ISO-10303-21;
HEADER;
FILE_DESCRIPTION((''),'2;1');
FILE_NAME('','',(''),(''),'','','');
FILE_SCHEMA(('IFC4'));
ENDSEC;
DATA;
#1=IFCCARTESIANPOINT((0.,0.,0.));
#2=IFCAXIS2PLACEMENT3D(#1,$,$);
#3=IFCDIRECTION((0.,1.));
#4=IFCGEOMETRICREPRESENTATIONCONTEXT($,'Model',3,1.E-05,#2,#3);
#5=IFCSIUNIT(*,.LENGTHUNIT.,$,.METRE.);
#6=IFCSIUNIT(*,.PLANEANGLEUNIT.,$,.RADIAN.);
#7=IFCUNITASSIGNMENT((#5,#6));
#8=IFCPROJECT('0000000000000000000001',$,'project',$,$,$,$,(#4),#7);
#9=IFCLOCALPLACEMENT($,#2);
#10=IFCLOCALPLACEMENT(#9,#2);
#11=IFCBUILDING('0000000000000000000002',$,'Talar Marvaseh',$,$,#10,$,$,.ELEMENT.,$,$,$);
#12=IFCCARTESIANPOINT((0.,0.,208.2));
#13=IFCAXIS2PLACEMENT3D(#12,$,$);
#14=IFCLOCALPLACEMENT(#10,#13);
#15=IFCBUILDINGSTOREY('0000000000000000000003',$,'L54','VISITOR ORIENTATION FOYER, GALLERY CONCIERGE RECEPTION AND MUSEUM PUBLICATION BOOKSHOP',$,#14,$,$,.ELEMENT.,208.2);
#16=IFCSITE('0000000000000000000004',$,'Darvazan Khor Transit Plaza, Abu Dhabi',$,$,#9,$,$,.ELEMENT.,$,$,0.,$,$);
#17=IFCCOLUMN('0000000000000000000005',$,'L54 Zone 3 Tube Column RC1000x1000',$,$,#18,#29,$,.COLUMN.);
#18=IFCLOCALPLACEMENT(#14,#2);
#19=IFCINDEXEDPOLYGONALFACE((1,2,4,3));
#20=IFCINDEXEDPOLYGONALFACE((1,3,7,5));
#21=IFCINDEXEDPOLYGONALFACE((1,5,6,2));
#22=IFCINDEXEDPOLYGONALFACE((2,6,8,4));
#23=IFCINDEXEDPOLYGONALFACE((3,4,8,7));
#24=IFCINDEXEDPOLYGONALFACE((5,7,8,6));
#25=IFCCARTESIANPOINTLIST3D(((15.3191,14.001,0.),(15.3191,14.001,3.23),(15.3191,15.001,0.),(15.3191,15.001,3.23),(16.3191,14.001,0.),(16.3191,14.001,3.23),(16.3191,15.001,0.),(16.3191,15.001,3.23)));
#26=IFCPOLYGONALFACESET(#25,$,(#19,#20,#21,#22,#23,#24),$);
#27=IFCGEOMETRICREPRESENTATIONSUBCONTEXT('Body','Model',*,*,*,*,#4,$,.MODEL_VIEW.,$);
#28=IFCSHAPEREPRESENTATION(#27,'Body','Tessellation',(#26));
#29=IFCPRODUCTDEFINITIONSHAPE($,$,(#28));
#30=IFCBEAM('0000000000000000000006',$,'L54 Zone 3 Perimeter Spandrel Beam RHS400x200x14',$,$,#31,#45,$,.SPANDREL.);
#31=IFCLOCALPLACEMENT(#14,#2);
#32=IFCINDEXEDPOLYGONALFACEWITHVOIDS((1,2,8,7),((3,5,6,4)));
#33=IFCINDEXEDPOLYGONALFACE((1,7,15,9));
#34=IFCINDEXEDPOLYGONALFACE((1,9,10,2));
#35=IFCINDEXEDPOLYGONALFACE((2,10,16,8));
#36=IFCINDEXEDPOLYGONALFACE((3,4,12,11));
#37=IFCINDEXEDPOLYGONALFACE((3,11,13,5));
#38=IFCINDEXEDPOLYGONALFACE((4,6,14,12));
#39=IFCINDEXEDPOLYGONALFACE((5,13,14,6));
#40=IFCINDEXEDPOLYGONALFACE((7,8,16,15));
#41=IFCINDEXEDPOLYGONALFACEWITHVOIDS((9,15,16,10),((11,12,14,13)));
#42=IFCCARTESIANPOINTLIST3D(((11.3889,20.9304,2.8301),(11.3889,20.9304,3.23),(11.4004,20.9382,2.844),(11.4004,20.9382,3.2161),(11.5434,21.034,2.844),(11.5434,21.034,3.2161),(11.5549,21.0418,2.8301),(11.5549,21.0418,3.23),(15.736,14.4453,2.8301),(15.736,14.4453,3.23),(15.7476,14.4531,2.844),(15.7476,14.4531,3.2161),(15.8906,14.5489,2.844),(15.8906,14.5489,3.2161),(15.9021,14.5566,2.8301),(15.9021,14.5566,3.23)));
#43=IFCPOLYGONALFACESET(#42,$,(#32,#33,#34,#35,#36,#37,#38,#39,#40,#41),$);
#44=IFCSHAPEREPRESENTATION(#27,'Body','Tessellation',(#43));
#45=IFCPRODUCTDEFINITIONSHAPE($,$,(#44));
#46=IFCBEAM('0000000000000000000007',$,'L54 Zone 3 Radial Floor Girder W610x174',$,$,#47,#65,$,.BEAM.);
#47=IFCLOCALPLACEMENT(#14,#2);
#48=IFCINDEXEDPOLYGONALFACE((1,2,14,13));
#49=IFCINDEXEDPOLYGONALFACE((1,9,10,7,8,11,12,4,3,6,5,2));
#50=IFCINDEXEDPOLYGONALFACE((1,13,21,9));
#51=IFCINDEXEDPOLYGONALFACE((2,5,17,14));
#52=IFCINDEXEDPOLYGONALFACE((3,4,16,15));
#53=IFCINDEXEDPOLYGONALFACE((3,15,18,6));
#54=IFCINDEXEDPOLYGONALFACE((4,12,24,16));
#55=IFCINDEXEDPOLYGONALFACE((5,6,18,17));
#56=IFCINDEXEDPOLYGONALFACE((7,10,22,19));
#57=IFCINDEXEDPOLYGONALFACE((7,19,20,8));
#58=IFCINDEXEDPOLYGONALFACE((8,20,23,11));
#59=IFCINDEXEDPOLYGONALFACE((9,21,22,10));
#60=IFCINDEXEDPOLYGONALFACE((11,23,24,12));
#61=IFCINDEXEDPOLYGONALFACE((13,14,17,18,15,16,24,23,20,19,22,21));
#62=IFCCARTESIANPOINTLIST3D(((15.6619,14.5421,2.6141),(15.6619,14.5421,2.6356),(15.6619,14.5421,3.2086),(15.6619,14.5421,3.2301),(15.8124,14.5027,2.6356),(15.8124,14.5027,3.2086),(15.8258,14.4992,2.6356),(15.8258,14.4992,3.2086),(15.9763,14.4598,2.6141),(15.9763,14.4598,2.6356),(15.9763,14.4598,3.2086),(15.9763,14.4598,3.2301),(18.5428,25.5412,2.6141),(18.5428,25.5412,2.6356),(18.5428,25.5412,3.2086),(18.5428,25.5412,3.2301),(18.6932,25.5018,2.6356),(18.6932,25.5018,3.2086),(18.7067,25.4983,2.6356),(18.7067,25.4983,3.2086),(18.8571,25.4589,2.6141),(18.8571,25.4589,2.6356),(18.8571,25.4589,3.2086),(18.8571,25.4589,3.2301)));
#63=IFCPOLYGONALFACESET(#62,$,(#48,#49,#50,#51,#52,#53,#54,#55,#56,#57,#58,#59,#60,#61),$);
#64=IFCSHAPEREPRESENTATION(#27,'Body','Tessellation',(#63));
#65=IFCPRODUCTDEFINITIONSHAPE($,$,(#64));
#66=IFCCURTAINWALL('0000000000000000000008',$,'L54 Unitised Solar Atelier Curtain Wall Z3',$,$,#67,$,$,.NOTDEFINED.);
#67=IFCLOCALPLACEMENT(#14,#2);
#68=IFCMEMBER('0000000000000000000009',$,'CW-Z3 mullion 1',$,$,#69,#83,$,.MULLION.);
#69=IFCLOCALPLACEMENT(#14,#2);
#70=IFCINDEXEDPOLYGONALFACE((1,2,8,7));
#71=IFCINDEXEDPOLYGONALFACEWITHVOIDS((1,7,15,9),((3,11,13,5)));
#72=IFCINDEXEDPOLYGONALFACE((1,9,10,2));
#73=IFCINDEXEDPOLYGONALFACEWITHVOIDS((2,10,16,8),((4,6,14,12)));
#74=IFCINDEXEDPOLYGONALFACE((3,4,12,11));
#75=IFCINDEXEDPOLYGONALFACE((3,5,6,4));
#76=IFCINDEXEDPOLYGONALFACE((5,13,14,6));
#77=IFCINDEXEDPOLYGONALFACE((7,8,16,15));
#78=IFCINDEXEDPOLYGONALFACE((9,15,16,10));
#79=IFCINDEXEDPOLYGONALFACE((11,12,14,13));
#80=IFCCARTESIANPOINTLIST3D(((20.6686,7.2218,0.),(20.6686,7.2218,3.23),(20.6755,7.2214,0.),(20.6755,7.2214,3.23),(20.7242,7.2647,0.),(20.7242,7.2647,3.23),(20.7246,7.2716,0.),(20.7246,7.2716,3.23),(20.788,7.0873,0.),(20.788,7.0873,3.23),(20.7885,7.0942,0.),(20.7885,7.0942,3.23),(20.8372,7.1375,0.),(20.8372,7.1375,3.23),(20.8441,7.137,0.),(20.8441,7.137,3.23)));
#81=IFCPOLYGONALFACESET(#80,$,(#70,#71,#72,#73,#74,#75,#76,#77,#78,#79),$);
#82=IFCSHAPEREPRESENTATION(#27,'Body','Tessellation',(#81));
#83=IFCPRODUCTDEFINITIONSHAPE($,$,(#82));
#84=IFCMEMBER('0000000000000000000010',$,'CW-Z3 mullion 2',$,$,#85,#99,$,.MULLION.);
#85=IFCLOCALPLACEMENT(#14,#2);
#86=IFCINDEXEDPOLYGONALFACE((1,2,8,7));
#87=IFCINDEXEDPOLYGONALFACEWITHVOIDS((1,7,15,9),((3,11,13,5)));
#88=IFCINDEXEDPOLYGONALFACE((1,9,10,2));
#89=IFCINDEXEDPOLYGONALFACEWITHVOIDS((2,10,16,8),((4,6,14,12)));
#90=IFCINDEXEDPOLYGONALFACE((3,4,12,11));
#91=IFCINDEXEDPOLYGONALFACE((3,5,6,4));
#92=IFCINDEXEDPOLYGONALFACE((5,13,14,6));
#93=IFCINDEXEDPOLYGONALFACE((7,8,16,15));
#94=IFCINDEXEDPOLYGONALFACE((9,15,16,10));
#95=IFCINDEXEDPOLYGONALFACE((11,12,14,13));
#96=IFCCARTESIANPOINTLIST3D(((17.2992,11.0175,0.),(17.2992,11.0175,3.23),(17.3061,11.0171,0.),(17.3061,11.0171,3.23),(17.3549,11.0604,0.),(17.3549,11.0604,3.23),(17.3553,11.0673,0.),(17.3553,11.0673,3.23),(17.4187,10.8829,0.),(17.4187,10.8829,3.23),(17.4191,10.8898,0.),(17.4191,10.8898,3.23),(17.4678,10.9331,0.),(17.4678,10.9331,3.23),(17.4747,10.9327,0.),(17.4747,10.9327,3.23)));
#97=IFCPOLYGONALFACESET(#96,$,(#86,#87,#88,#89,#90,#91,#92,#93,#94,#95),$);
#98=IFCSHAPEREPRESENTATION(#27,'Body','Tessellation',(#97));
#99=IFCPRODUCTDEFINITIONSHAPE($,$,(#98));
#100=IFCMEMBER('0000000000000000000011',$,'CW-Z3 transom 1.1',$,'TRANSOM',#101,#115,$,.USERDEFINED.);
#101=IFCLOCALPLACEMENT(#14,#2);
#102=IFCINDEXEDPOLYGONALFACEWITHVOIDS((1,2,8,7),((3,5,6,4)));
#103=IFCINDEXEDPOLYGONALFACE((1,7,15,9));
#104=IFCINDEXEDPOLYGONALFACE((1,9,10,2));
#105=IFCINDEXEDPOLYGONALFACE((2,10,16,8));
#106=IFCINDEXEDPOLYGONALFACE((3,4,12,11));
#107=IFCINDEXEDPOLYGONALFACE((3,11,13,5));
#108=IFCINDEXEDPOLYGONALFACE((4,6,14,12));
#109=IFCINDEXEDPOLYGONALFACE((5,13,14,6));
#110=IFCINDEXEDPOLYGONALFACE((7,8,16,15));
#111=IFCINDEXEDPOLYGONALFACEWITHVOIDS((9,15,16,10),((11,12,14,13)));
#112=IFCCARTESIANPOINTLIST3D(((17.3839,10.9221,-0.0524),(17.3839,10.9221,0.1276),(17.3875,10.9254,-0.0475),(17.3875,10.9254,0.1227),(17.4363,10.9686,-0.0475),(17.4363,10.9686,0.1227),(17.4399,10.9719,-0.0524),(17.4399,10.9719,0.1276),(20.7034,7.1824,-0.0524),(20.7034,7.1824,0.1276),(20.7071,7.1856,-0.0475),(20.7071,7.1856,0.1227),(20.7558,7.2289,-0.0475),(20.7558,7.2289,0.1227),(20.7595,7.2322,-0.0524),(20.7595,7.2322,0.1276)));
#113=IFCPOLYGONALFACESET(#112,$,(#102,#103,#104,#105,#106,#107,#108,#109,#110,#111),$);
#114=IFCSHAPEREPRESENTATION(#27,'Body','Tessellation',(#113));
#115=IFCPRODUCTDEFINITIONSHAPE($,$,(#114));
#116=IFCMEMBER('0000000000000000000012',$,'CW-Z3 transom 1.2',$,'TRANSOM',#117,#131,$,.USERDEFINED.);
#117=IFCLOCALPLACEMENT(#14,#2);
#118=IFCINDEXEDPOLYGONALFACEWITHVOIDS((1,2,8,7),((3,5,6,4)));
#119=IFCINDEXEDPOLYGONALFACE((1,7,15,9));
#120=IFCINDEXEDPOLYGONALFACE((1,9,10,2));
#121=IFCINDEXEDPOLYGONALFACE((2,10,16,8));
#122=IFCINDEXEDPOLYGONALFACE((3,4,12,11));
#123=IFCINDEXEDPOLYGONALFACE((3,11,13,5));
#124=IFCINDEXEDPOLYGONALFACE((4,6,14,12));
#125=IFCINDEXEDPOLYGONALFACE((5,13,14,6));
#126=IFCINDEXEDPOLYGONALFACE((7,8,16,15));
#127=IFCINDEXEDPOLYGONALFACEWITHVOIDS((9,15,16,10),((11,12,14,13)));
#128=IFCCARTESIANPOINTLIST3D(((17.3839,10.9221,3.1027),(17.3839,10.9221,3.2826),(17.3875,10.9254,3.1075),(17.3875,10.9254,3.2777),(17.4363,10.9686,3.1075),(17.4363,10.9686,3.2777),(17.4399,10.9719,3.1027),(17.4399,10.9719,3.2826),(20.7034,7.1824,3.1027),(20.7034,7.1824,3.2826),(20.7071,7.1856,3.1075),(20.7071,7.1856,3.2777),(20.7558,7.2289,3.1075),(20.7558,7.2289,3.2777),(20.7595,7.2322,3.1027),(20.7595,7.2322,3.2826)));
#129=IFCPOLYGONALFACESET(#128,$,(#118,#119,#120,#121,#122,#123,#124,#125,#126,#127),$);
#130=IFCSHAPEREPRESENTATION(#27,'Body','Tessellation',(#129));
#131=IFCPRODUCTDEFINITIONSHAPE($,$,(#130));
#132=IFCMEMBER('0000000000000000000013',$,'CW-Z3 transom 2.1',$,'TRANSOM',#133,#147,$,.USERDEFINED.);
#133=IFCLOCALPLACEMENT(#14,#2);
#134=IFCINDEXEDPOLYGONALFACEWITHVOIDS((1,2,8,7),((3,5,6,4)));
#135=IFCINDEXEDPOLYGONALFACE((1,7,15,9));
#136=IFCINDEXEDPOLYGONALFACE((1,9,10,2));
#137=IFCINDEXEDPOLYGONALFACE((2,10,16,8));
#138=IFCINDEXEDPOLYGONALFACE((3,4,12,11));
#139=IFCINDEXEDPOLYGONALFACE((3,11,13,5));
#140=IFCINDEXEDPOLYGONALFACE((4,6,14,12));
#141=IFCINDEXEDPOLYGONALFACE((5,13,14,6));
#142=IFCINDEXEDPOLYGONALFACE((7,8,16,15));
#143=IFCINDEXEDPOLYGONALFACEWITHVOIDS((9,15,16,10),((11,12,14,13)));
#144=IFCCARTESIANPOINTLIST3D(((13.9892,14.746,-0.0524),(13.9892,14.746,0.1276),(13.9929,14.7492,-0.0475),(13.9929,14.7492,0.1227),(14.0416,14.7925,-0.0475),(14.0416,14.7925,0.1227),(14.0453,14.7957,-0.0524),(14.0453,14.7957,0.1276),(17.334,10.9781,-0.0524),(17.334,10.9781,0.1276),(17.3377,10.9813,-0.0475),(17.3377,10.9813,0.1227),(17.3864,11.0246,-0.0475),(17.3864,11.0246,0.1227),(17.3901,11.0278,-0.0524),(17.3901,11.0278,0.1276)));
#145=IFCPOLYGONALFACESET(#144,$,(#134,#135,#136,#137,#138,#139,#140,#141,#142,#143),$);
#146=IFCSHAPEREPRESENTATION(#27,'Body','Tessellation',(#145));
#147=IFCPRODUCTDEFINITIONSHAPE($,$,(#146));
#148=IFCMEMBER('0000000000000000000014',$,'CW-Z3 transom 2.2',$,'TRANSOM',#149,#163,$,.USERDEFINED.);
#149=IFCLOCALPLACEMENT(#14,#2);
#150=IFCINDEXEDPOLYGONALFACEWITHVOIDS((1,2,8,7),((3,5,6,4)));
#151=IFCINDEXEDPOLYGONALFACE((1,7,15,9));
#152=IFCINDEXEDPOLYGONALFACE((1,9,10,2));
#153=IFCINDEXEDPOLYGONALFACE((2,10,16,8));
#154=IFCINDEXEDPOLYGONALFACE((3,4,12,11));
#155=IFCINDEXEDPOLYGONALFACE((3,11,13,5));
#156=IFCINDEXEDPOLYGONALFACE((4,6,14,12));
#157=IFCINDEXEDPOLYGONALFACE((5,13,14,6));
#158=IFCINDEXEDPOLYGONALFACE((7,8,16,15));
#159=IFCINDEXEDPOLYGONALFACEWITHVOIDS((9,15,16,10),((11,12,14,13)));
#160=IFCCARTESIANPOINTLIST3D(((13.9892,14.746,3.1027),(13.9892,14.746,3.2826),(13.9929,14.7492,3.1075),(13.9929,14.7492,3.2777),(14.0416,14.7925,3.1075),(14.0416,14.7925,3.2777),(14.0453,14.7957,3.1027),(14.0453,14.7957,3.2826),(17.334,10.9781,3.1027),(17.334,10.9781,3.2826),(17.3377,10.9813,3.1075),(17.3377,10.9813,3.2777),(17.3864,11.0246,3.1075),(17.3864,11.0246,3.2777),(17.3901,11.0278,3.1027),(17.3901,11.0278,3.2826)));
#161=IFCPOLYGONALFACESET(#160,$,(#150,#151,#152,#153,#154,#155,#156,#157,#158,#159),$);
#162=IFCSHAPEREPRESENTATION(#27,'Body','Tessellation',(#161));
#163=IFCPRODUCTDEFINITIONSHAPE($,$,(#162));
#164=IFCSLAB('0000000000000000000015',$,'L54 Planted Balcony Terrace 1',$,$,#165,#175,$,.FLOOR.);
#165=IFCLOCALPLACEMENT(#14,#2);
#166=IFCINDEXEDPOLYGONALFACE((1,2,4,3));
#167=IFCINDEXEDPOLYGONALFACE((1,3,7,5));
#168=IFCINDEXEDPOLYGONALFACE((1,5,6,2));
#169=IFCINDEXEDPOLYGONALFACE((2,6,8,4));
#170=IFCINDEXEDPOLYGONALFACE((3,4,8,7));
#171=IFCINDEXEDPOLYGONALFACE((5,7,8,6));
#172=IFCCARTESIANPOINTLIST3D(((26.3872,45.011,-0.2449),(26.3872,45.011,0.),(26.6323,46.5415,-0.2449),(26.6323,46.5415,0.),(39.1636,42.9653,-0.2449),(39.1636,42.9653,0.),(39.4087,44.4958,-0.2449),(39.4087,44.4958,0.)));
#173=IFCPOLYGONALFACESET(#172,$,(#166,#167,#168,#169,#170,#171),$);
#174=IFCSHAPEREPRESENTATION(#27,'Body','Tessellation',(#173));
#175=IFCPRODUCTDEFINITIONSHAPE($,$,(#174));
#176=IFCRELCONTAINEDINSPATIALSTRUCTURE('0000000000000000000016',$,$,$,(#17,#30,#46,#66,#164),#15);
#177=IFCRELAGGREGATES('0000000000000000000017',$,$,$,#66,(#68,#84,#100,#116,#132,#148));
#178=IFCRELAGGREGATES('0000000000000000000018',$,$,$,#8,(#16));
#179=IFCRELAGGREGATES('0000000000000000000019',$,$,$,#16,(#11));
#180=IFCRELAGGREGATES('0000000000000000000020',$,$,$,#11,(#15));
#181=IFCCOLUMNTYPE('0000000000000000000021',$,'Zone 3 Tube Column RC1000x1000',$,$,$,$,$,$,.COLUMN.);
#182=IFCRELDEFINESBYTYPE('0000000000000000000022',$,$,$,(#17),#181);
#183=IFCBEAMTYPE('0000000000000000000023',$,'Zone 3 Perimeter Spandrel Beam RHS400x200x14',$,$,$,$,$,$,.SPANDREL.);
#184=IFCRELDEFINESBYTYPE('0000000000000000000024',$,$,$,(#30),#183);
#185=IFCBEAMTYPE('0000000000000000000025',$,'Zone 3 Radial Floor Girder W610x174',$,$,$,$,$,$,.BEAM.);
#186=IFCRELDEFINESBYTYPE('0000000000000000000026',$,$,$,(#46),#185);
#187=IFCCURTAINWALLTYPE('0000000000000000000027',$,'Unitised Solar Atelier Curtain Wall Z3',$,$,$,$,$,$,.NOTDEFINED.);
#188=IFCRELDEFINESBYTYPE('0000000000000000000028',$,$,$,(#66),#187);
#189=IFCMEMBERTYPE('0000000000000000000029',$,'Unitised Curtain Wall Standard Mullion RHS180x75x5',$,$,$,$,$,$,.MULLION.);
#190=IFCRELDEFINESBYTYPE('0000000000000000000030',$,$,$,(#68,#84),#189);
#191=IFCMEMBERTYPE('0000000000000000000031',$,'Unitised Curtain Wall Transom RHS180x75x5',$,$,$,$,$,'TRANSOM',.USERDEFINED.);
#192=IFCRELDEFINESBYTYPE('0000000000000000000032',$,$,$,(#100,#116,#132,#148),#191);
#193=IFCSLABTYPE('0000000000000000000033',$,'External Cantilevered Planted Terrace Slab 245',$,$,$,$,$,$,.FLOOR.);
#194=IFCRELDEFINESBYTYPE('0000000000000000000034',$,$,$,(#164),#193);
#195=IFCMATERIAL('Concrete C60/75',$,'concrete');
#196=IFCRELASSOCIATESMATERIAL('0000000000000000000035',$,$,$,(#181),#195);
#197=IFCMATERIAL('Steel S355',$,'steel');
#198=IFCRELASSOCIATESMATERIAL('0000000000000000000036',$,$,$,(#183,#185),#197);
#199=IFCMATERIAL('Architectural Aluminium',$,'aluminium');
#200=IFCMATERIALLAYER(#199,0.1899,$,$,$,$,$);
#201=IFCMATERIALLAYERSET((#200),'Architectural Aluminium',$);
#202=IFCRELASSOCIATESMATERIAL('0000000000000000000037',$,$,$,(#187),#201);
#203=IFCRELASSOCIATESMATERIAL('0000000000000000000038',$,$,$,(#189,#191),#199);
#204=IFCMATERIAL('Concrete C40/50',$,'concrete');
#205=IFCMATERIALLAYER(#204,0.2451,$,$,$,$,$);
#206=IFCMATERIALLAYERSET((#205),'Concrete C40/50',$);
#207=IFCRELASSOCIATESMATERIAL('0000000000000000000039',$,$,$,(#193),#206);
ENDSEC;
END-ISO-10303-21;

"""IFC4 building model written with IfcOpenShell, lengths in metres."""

from ifc_helpers import new_model, si_unit, direction, frame, origin, origin_2d, place, context, subcontext, project, spatial, polyline, rectangle, hollow_rectangle, i_section, outline, extrude, source, transform, mapped, material, layer, layer_set, material_profile, profile_set, type_object, type_shapes, element, aggregate, save


model = new_model("IFC4")

# Units and contexts
model_context = context("Model", 3, precision=1e-05, world=origin(), true_north=direction((0.0, 1.0)))
body_context = subcontext(model_context, "Body", "Model", "MODEL_VIEW")
ifc_project = project(units=[si_unit("LENGTHUNIT", "METRE"), si_unit("PLANEANGLEUNIT", "RADIAN")], contexts=[model_context])

# Site, building, storey
site_placement = place(None, origin())
site = spatial("IfcSite", under=ifc_project, at=site_placement, Name="Darvazan Khor Transit Plaza, Abu Dhabi", CompositionType="ELEMENT", RefElevation=0.0)
building_placement = place(site_placement, origin())
building = spatial("IfcBuilding", under=site, at=building_placement, Name="Talar Marvaseh", CompositionType="ELEMENT")
storey_placement = place(building_placement, frame((0.0, 0.0, 208.2)))
storey = spatial("IfcBuildingStorey", under=building, at=storey_placement, Name="L54", Description="VISITOR ORIENTATION FOYER, GALLERY CONCIERGE RECEPTION AND MUSEUM PUBLICATION BOOKSHOP", CompositionType="ELEMENT", Elevation=208.2)

# Column
ifc_material_1 = material(Name="Concrete C60/75", Category="concrete")
ifc_material_profile_1 = material_profile(ifc_material_1, rectangle(XDim=1.0, YDim=1.0, at=origin_2d()), Name="RC1000x1000")
ifc_profile_set_1 = profile_set([ifc_material_profile_1], Name="Concrete C60/75")
column_type = type_object("IfcColumnType", Name="Zone 3 Tube Column RC1000x1000", PredefinedType="COLUMN", material=ifc_profile_set_1)
column_placement = place(storey_placement, frame((15.8191, 14.501, 0.0), z_axis=(0.0, 0.0, 1.0), x_axis=(1.0, 0.0, 0.0)))
element("IfcColumn", 1, at=column_placement, inside=storey, type_object=column_type, Name="L54 Zone 3 Tube Column RC1000x1000", PredefinedType="COLUMN", context=body_context, shape_type="SweptSolid", body=[
    extrude(rectangle(XDim=1.0, YDim=1.0, at=origin_2d()), origin(), (0.0, 0.0, 1.0), 3.23),
])

# Beams
ifc_material_2 = material(Name="Steel S355", Category="steel")
ifc_material_profile_2 = material_profile(ifc_material_2, hollow_rectangle(XDim=0.2, YDim=0.3999, WallThickness=0.0139, at=origin_2d()), Name="RHS400x200x14")
ifc_profile_set_2 = profile_set([ifc_material_profile_2], Name="Steel S355")
beam_type_1 = type_object("IfcBeamType", Name="Zone 3 Perimeter Spandrel Beam RHS400x200x14", PredefinedType="SPANDREL", material=ifc_profile_set_2)
beam_1_placement = place(storey_placement, frame((15.8191, 14.501, 3.03), z_axis=(-0.556806, 0.830643, 0.0), x_axis=(-0.830643, -0.556806, 0.0)))
element("IfcBeam", 2, at=beam_1_placement, inside=storey, type_object=beam_type_1, Name="L54 Zone 3 Perimeter Spandrel Beam RHS400x200x14", PredefinedType="SPANDREL", context=body_context, shape_type="SweptSolid", body=[
    extrude(hollow_rectangle(XDim=0.2, YDim=0.3999, WallThickness=0.0139, at=origin_2d()), origin(), (0.0, 0.0, 1.0), 7.8074),
])
ifc_material_profile_3 = material_profile(ifc_material_2, i_section(OverallWidth=0.325, OverallDepth=0.616, WebThickness=0.0139, FlangeThickness=0.0215, at=origin_2d()), Name="W610x174")
ifc_profile_set_3 = profile_set([ifc_material_profile_3], Name="Steel S355")
beam_type_2 = type_object("IfcBeamType", Name="Zone 3 Radial Floor Girder W610x174", PredefinedType="BEAM", material=ifc_profile_set_3)
beam_2_placement = place(storey_placement, frame((15.8191, 14.501, 2.9221), z_axis=(0.253373, 0.967369, 0.0), x_axis=(-0.967369, 0.253373, 0.0)))
element("IfcBeam", 3, at=beam_2_placement, inside=storey, type_object=beam_type_2, Name="L54 Zone 3 Radial Floor Girder W610x174", PredefinedType="BEAM", context=body_context, shape_type="SweptSolid", body=[
    extrude(i_section(OverallWidth=0.325, OverallDepth=0.616, WebThickness=0.0139, FlangeThickness=0.0215, at=origin_2d()), origin(), (0.0, 0.0, 1.0), 11.3701),
])

# Curtain wall, members
ifc_material_3 = material(Name="Architectural Aluminium", Category="aluminium")
ifc_layer_1 = layer(ifc_material_3, 0.1899)
ifc_layer_set_1 = layer_set([ifc_layer_1], Name="Architectural Aluminium")
curtain_wall_type = type_object("IfcCurtainWallType", Name="Unitised Solar Atelier Curtain Wall Z3", PredefinedType="NOTDEFINED", material=ifc_layer_set_1)
curtain_wall_placement = place(storey_placement, origin())
curtain_wall = element("IfcCurtainWall", 4, at=curtain_wall_placement, inside=storey, type_object=curtain_wall_type, Name="L54 Unitised Solar Atelier Curtain Wall Z3", PredefinedType="NOTDEFINED")
ifc_material_profile_4 = material_profile(ifc_material_3, hollow_rectangle(XDim=0.075, YDim=0.1799, WallThickness=0.0049, at=origin_2d()), Name="RHS180x75x5")
ifc_profile_set_4 = profile_set([ifc_material_profile_4], Name="Architectural Aluminium")
member_type_1 = type_object("IfcMemberType", Name="Unitised Curtain Wall Standard Mullion RHS180x75x5", PredefinedType="MULLION", material=ifc_profile_set_4)
shared_shape_1 = source(origin(), body_context, "Body", "SweptSolid", [
    extrude(hollow_rectangle(XDim=0.075, YDim=0.1799, WallThickness=0.0049, at=origin_2d()), origin(), (0.0, 0.0, 1.0), 3.23),
])
type_shapes(member_type_1, [shared_shape_1])
member_1_placement = place(storey_placement, frame((20.7563, 7.1794, 0.0), z_axis=(0.0, 0.0, 1.0), x_axis=(-0.747838, -0.663882, 0.0)))
member_1 = element("IfcMember", 5, at=member_1_placement, type_object=member_type_1, Name="CW-Z3 mullion 1", PredefinedType="MULLION", context=body_context, shape_type="MappedRepresentation", body=[
    mapped(shared_shape_1, transform((0.0, 0.0, 0.0), x_axis=(1.0, 0.0, 0.0), y_axis=(0.0, 1.0, 0.0), z_axis=(0.0, 0.0, 1.0), scale=1.0)),
])
member_2_placement = place(storey_placement, frame((17.387, 10.9751, 0.0), z_axis=(0.0, 0.0, 1.0), x_axis=(-0.747838, -0.663882, 0.0)))
member_2 = element("IfcMember", 6, at=member_2_placement, type_object=member_type_1, Name="CW-Z3 mullion 2", PredefinedType="MULLION", context=body_context, shape_type="MappedRepresentation", body=[
    mapped(shared_shape_1, transform((0.0, 0.0, 0.0), x_axis=(1.0, 0.0, 0.0), y_axis=(0.0, 1.0, 0.0), z_axis=(0.0, 0.0, 1.0), scale=1.0)),
])
ifc_material_profile_5 = material_profile(ifc_material_3, hollow_rectangle(XDim=0.075, YDim=0.1799, WallThickness=0.0049, at=origin_2d()), Name="RHS180x75x5")
ifc_profile_set_5 = profile_set([ifc_material_profile_5], Name="Architectural Aluminium")
member_type_2 = type_object("IfcMemberType", Name="Unitised Curtain Wall Transom RHS180x75x5", ElementType="TRANSOM", PredefinedType="USERDEFINED", material=ifc_profile_set_5)
shared_shape_2 = source(origin(), body_context, "Body", "SweptSolid", [
    extrude(hollow_rectangle(XDim=0.075, YDim=0.1799, WallThickness=0.0049, at=origin_2d()), origin(), (0.0, 0.0, 1.0), 5.0005),
])
member_3_placement = place(storey_placement, frame((20.7314, 7.2073, 0.0376), z_axis=(-0.663845, 0.74787, 0.0), x_axis=(-0.74787, -0.663845, 0.0)))
member_3 = element("IfcMember", 7, at=member_3_placement, type_object=member_type_2, Name="CW-Z3 transom 1.1", ObjectType="TRANSOM", PredefinedType="USERDEFINED", context=body_context, shape_type="MappedRepresentation", body=[
    mapped(shared_shape_2, transform((0.0, 0.0, 0.0), x_axis=(1.0, 0.0, 0.0), y_axis=(0.0, 1.0, 0.0), z_axis=(0.0, 0.0, 1.0), scale=1.0)),
])
member_4_placement = place(storey_placement, frame((20.7314, 7.2073, 3.1926), z_axis=(-0.663845, 0.74787, 0.0), x_axis=(-0.74787, -0.663845, 0.0)))
member_4 = element("IfcMember", 8, at=member_4_placement, type_object=member_type_2, Name="CW-Z3 transom 1.2", ObjectType="TRANSOM", PredefinedType="USERDEFINED", context=body_context, shape_type="MappedRepresentation", body=[
    mapped(shared_shape_2, transform((0.0, 0.0, 0.0), x_axis=(1.0, 0.0, 0.0), y_axis=(0.0, 1.0, 0.0), z_axis=(0.0, 0.0, 1.0), scale=1.0)),
])
shared_shape_3 = source(origin(), body_context, "Body", "SweptSolid", [
    extrude(hollow_rectangle(XDim=0.075, YDim=0.1799, WallThickness=0.0049, at=origin_2d()), origin(), (0.0, 0.0, 1.0), 5.0383),
])
type_shapes(member_type_2, [shared_shape_2, shared_shape_3])
member_5_placement = place(storey_placement, frame((17.3621, 11.0029, 0.0376), z_axis=(-0.66387, 0.747848, 0.0), x_axis=(-0.747848, -0.66387, 0.0)))
member_5 = element("IfcMember", 9, at=member_5_placement, type_object=member_type_2, Name="CW-Z3 transom 2.1", ObjectType="TRANSOM", PredefinedType="USERDEFINED", context=body_context, shape_type="MappedRepresentation", body=[
    mapped(shared_shape_3, transform((0.0, 0.0, 0.0), x_axis=(1.0, 0.0, 0.0), y_axis=(0.0, 1.0, 0.0), z_axis=(0.0, 0.0, 1.0), scale=1.0)),
])
member_6_placement = place(storey_placement, frame((17.3621, 11.0029, 3.1926), z_axis=(-0.66387, 0.747848, 0.0), x_axis=(-0.747848, -0.66387, 0.0)))
member_6 = element("IfcMember", 10, at=member_6_placement, type_object=member_type_2, Name="CW-Z3 transom 2.2", ObjectType="TRANSOM", PredefinedType="USERDEFINED", context=body_context, shape_type="MappedRepresentation", body=[
    mapped(shared_shape_3, transform((0.0, 0.0, 0.0), x_axis=(1.0, 0.0, 0.0), y_axis=(0.0, 1.0, 0.0), z_axis=(0.0, 0.0, 1.0), scale=1.0)),
])

# Slab
ifc_material_4 = material(Name="Concrete C40/50", Category="concrete")
ifc_layer_2 = layer(ifc_material_4, 0.2451)
ifc_layer_set_2 = layer_set([ifc_layer_2], Name="Concrete C40/50")
slab_type_1 = type_object("IfcSlabType", Name="External Cantilevered Planted Terrace Slab 245", PredefinedType="FLOOR", material=ifc_layer_set_2)
slab_1_placement = place(storey_placement, frame((0.0, 0.0, -0.2449)))
element("IfcSlab", 11, at=slab_1_placement, inside=storey, type_object=slab_type_1, Name="L54 Planted Balcony Terrace 1", PredefinedType="FLOOR", context=body_context, shape_type="SweptSolid", body=[
    extrude(outline(polyline([(26.3872, 45.011), (39.1636, 42.9653), (39.4087, 44.4958), (26.6323, 46.5415), (26.3872, 45.011)])), origin(), (0.0, 0.0, 1.0), 0.2449),
])

aggregate(curtain_wall, [member_1, member_2, member_3, member_4, member_5, member_6])

save(model, "model.ifc")
